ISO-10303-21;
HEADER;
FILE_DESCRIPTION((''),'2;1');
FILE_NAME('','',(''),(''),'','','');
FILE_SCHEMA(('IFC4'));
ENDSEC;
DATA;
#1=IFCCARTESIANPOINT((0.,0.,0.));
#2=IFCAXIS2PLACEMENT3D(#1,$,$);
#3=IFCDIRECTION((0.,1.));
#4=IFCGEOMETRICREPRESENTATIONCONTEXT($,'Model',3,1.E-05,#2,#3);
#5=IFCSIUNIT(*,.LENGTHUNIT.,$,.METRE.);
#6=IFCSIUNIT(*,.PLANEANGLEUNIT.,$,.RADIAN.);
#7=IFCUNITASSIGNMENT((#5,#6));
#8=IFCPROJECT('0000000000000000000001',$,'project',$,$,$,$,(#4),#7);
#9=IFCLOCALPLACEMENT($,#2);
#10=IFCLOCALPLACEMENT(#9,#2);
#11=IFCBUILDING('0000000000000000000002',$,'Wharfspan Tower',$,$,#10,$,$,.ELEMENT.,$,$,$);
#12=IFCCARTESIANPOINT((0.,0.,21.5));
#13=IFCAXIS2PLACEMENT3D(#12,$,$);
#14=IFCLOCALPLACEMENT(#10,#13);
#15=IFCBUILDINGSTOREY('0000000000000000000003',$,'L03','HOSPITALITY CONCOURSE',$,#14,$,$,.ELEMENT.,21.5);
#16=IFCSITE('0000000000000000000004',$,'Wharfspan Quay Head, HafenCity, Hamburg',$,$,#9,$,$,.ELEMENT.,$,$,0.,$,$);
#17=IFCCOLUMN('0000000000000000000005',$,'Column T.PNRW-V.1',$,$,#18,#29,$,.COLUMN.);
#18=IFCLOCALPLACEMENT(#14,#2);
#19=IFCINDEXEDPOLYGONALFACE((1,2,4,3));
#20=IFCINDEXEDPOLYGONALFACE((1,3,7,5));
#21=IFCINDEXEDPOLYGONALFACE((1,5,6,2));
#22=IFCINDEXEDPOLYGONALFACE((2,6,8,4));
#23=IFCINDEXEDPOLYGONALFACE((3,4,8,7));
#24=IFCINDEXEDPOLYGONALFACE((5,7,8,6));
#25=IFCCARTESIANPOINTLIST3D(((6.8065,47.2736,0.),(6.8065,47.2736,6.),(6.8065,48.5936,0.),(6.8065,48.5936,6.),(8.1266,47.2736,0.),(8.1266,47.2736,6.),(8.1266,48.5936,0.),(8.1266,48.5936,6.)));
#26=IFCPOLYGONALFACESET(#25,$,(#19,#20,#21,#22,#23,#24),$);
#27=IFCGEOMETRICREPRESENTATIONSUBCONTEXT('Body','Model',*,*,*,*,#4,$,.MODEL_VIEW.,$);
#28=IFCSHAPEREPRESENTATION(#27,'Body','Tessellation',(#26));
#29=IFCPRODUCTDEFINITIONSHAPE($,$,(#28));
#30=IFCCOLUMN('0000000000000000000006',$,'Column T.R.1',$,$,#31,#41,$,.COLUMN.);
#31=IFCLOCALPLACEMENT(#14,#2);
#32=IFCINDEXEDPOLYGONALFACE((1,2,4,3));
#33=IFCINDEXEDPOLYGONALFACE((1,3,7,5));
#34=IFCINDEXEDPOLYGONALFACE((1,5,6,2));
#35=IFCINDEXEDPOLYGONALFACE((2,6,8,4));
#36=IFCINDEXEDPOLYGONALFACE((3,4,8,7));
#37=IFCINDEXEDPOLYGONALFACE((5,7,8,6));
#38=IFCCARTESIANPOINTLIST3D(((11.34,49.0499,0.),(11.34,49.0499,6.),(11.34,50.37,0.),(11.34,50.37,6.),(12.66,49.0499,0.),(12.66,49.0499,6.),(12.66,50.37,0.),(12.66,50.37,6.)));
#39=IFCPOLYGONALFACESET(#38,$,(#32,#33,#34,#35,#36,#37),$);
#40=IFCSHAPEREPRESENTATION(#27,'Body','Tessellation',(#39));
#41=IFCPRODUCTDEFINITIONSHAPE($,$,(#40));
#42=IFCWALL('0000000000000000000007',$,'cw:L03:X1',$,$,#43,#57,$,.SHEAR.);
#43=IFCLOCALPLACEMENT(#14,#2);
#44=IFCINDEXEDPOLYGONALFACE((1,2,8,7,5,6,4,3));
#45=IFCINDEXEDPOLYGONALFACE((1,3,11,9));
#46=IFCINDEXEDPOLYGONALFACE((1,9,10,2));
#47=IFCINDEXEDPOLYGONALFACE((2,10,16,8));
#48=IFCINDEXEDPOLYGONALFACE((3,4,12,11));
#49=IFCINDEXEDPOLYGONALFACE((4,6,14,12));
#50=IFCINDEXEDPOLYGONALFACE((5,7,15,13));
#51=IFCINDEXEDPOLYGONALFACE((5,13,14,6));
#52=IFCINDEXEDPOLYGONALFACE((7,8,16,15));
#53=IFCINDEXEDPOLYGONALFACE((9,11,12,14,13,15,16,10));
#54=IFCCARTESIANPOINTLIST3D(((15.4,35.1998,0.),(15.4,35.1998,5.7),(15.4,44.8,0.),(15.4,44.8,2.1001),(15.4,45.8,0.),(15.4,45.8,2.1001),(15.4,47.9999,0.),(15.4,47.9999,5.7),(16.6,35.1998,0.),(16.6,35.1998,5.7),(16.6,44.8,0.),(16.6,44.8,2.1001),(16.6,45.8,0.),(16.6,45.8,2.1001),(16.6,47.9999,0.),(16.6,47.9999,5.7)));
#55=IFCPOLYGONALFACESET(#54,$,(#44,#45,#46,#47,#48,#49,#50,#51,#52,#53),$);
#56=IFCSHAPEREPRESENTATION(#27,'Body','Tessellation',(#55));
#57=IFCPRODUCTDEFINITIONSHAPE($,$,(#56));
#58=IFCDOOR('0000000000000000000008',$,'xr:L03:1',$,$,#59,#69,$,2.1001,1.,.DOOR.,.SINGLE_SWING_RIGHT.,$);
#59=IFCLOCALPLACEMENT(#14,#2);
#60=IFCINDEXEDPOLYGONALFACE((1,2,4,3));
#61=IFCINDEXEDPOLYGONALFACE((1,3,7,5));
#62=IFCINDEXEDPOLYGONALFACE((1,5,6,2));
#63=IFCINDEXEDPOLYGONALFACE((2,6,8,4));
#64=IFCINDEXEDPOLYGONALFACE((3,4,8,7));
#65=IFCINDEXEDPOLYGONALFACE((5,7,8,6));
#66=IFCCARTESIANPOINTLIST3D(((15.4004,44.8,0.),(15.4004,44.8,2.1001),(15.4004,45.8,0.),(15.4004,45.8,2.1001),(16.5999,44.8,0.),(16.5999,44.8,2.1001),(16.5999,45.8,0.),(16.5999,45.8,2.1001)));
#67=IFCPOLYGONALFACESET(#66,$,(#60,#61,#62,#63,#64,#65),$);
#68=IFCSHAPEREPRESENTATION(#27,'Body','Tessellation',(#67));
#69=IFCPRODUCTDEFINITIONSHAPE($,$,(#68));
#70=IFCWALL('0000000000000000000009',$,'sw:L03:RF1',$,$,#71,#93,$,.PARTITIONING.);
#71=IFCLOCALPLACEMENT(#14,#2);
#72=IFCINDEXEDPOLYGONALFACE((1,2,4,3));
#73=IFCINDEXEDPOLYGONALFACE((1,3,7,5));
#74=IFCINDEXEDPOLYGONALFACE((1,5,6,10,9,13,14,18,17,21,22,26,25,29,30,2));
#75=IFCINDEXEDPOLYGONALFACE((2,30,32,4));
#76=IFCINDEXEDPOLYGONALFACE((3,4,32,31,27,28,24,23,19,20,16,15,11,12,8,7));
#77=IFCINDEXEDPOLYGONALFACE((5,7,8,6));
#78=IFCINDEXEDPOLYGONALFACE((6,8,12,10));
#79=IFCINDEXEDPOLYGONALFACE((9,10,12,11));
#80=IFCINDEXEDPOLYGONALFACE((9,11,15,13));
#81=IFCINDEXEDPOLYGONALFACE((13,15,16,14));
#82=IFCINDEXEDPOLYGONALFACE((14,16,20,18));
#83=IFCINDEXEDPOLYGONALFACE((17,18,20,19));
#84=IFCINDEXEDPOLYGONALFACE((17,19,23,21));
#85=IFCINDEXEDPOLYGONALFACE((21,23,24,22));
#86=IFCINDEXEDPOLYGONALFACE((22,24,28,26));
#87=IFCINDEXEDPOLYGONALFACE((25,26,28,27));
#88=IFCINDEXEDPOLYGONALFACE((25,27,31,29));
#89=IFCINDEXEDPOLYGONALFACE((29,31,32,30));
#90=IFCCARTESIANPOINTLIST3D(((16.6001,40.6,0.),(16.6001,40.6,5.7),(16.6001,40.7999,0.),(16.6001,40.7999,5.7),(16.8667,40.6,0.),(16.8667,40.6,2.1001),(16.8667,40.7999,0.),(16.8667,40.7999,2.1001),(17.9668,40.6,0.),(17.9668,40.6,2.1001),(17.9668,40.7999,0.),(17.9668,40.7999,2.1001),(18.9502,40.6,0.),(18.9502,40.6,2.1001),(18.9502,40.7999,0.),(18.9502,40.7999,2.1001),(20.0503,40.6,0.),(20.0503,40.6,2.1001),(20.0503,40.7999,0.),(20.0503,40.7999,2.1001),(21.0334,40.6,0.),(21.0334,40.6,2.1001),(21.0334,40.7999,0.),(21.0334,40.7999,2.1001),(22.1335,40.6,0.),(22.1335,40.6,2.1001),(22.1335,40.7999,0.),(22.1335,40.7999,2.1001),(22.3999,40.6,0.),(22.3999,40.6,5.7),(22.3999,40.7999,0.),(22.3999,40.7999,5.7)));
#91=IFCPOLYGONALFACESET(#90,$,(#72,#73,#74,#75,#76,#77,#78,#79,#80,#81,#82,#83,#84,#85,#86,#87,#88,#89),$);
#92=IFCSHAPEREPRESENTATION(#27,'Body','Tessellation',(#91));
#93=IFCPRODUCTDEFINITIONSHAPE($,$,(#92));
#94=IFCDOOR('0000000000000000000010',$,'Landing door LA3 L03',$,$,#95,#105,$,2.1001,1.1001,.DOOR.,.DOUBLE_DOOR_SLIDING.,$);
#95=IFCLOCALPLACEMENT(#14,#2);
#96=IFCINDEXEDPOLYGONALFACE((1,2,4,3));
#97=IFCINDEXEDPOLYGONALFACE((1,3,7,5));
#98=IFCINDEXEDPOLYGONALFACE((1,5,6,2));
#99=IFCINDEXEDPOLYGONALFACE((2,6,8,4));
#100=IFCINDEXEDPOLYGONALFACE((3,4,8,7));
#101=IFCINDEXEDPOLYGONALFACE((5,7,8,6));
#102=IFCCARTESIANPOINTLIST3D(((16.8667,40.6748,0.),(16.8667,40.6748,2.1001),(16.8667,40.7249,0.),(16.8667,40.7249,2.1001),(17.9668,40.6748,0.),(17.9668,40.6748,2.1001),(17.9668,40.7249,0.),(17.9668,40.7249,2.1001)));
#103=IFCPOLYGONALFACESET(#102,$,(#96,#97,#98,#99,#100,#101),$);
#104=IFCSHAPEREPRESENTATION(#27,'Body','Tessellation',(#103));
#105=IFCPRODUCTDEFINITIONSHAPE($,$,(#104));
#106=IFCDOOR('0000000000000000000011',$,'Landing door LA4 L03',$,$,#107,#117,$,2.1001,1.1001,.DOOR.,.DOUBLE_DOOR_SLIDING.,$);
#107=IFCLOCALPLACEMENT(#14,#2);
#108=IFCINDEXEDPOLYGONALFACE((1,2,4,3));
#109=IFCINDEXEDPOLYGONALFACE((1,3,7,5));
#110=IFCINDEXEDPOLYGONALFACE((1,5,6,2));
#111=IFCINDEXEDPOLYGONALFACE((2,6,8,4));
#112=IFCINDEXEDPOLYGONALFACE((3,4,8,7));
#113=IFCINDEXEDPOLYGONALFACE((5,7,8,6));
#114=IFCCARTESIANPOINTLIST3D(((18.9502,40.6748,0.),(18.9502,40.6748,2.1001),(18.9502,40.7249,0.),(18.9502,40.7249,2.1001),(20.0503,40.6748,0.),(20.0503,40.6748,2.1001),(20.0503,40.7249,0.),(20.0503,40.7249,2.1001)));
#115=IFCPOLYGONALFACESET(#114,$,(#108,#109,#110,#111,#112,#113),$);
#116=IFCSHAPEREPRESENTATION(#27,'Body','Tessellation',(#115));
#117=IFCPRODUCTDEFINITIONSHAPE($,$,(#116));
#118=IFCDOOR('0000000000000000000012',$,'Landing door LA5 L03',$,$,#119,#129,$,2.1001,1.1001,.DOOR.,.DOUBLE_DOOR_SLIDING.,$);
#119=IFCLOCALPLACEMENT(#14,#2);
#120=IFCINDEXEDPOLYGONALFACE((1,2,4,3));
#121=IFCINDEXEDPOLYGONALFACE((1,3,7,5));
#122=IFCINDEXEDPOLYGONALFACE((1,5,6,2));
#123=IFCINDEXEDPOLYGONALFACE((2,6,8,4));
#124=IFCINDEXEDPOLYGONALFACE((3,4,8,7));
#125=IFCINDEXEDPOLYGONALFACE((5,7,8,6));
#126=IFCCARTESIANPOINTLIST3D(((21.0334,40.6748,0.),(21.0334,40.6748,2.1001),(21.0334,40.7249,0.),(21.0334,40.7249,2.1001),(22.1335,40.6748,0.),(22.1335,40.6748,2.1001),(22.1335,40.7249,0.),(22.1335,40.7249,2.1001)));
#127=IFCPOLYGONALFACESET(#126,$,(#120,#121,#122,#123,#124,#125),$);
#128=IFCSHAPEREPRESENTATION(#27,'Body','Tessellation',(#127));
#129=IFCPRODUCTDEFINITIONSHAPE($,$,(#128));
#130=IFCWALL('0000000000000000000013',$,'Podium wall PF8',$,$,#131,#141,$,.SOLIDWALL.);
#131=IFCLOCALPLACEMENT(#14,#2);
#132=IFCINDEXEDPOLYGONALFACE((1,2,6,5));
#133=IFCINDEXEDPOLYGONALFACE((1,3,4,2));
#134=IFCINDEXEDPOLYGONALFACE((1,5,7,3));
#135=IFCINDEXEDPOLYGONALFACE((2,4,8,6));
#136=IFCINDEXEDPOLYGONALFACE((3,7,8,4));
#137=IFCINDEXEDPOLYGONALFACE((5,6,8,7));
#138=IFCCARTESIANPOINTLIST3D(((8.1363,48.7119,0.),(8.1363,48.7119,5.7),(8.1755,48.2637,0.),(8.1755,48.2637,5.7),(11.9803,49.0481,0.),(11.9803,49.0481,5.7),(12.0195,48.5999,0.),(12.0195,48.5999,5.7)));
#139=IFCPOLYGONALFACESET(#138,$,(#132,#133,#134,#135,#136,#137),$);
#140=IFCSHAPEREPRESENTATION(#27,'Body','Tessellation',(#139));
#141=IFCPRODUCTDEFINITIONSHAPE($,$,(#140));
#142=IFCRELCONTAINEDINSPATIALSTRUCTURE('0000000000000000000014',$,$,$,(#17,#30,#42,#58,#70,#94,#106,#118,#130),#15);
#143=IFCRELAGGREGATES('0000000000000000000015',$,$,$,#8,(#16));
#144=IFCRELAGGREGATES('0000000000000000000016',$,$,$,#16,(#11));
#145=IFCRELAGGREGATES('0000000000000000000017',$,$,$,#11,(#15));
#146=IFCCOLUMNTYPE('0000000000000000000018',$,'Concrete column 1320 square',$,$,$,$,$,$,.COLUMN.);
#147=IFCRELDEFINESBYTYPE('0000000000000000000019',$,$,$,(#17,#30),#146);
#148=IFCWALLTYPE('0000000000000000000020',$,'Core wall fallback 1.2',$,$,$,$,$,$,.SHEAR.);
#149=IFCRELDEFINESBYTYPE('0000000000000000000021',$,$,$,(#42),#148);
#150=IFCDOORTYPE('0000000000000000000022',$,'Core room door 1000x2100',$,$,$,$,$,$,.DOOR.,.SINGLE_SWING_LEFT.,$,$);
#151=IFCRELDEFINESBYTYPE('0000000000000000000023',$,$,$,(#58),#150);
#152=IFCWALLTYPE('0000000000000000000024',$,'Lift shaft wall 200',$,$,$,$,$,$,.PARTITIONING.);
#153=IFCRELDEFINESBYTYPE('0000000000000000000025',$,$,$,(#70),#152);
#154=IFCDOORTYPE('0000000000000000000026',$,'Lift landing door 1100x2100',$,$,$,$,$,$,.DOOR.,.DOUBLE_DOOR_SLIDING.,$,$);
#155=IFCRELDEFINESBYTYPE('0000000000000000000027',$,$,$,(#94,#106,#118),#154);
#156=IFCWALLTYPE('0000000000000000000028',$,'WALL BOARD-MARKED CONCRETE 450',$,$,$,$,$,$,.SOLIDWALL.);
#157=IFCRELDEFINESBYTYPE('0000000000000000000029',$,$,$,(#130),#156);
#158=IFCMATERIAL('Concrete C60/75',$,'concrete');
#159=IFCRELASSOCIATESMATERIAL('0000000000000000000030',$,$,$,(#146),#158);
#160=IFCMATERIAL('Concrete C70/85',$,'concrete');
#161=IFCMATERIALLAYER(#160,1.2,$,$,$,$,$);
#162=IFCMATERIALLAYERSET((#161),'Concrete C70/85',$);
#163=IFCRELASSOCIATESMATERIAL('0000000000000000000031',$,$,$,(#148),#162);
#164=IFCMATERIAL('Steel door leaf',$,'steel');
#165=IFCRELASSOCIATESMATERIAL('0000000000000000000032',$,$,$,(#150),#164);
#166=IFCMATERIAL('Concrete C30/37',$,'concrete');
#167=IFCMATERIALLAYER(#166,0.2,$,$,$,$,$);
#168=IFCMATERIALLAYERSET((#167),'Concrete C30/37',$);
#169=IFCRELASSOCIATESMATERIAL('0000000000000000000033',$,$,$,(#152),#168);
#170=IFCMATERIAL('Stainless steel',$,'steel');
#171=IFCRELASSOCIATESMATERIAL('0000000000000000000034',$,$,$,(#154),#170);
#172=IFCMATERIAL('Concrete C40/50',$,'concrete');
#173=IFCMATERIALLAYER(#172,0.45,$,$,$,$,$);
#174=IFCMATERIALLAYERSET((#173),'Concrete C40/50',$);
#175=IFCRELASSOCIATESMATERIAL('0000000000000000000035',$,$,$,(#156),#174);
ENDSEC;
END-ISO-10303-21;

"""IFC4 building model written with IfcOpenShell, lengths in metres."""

from ifc_helpers import new_model, si_unit, direction, frame, frame_2d, origin, origin_2d, place, context, subcontext, project, spatial, rectangle, extrude, material, layer, layer_set, material_profile, profile_set, type_object, element, fill, save


model = new_model("IFC4")

# Units and contexts
model_context = context("Model", 3, precision=1e-05, world=origin(), true_north=direction((0.0, 1.0)))
body_context = subcontext(model_context, "Body", "Model", "MODEL_VIEW")
ifc_project = project(units=[si_unit("LENGTHUNIT", "METRE"), si_unit("PLANEANGLEUNIT", "RADIAN")], contexts=[model_context])

# Site, building, storey
site_placement = place(None, origin())
site = spatial("IfcSite", under=ifc_project, at=site_placement, Name="Wharfspan Quay Head, HafenCity, Hamburg", CompositionType="ELEMENT", RefElevation=0.0)
building_placement = place(site_placement, origin())
building = spatial("IfcBuilding", under=site, at=building_placement, Name="Wharfspan Tower", CompositionType="ELEMENT")
storey_placement = place(building_placement, frame((0.0, 0.0, 21.5)))
storey = spatial("IfcBuildingStorey", under=building, at=storey_placement, Name="L03", Description="HOSPITALITY CONCOURSE", CompositionType="ELEMENT", Elevation=21.5)

# Columns
ifc_material_1 = material(Name="Concrete C60/75", Category="concrete")
ifc_material_profile = material_profile(ifc_material_1, rectangle(XDim=1.3201, YDim=1.3201, at=origin_2d()))
ifc_profile_set = profile_set([ifc_material_profile], Name="Concrete C60/75")
column_type = type_object("IfcColumnType", Name="Concrete column 1320 square", PredefinedType="COLUMN", material=ifc_profile_set)
for number, where, z_axis, x_axis, name in (
    (1, (7.4666, 47.9336, 0.0), (0.0, 0.0, 1.0), (1.0, 0.0, 0.0), "Column T.PNRW-V.1"),
    (2, (12.0, 49.71, 0.0), (0.0, 0.0, 1.0), (1.0, 0.0, 0.0), "Column T.R.1"),
):
    element("IfcColumn", number, at=place(storey_placement, frame(where, z_axis=z_axis, x_axis=x_axis)), inside=storey, type_object=column_type, Name=name, PredefinedType="COLUMN", context=body_context, shape_type="SweptSolid", body=[
        extrude(rectangle(XDim=1.3201, YDim=1.3201, at=origin_2d()), origin(), (0.0, 0.0, 1.0), 6.0),
    ])

# Wall, opening, door
ifc_material_2 = material(Name="Concrete C70/85", Category="concrete")
ifc_layer_1 = layer(ifc_material_2, 1.2)
ifc_layer_set_1 = layer_set([ifc_layer_1], Name="Concrete C70/85")
wall_type_1 = type_object("IfcWallType", Name="Core wall fallback 1.2", PredefinedType="SHEAR", material=ifc_layer_set_1)
wall_1_placement = place(storey_placement, frame((16.0, 35.2, 0.0), z_axis=(0.0, 0.0, 1.0), x_axis=(0.0, 1.0, 0.0)))
wall_1 = element("IfcWall", 3, at=wall_1_placement, inside=storey, type_object=wall_type_1, Name="cw:L03:X1", PredefinedType="SHEAR", context=body_context, shape_type="SweptSolid", body=[
    extrude(rectangle(XDim=12.8, YDim=1.2, at=frame_2d((6.3999, 0.0))), origin(), (0.0, 0.0, 1.0), 5.7),
])
opening_1_placement = place(wall_1_placement, frame((9.6001, 0.0, 0.0)))
opening_1 = element("IfcOpeningElement", 4, at=opening_1_placement, cuts=wall_1, PredefinedType="OPENING", context=body_context, shape_type="SweptSolid", body=[
    extrude(rectangle(XDim=1.0, YDim=2.1001, at=frame_2d((0.5, 1.05))), frame((0.0, 0.6099, 0.0), z_axis=(0.0, -1.0, 0.0), x_axis=(1.0, 0.0, 0.0)), (0.0, 0.0, 1.0), 1.22),
])
ifc_material_3 = material(Name="Steel door leaf", Category="steel")
door_type_1 = type_object("IfcDoorType", Name="Core room door 1000x2100", OperationType="SINGLE_SWING_LEFT", PredefinedType="DOOR", material=ifc_material_3)
door_1_placement = place(opening_1_placement, origin())
door_1 = element("IfcDoor", 5, at=door_1_placement, inside=storey, type_object=door_type_1, Name="xr:L03:1", OperationType="SINGLE_SWING_RIGHT", OverallHeight=2.1001, OverallWidth=1.0, PredefinedType="DOOR", context=body_context, shape_type="SweptSolid", body=[
    extrude(rectangle(XDim=1.0, YDim=2.1001, at=frame_2d((0.5, 1.05))), frame((0.0, 0.5996, 0.0), z_axis=(0.0, -1.0, 0.0), x_axis=(1.0, 0.0, 0.0)), (0.0, 0.0, 1.0), 1.1995),
])
fill(opening_1, door_1)

# Wall, openings, doors
ifc_material_4 = material(Name="Concrete C30/37", Category="concrete")
ifc_layer_2 = layer(ifc_material_4, 0.2)
ifc_layer_set_2 = layer_set([ifc_layer_2], Name="Concrete C30/37")
wall_type_2 = type_object("IfcWallType", Name="Lift shaft wall 200", PredefinedType="PARTITIONING", material=ifc_layer_set_2)
wall_2_placement = place(storey_placement, frame((16.6001, 40.7, 0.0), z_axis=(0.0, 0.0, 1.0), x_axis=(1.0, 0.0, 0.0)))
wall_2 = element("IfcWall", 6, at=wall_2_placement, inside=storey, type_object=wall_type_2, Name="sw:L03:RF1", PredefinedType="PARTITIONING", context=body_context, shape_type="SweptSolid", body=[
    extrude(rectangle(XDim=5.7998, YDim=0.2, at=frame_2d((2.8999, 0.0))), origin(), (0.0, 0.0, 1.0), 5.7),
])
opening_2_placement = place(wall_2_placement, frame((0.2666, 0.0, 0.0)))
opening_2 = element("IfcOpeningElement", 7, at=opening_2_placement, cuts=wall_2, PredefinedType="OPENING", context=body_context, shape_type="SweptSolid", body=[
    extrude(rectangle(XDim=1.1001, YDim=2.1001, at=frame_2d((0.55, 1.05))), frame((0.0, 0.1099, 0.0), z_axis=(0.0, -1.0, 0.0), x_axis=(1.0, 0.0, 0.0)), (0.0, 0.0, 1.0), 0.22),
])
opening_3_placement = place(wall_2_placement, frame((2.3501, 0.0, 0.0)))
opening_3 = element("IfcOpeningElement", 8, at=opening_3_placement, cuts=wall_2, PredefinedType="OPENING", context=body_context, shape_type="SweptSolid", body=[
    extrude(rectangle(XDim=1.1001, YDim=2.1001, at=frame_2d((0.55, 1.05))), frame((0.0, 0.1099, 0.0), z_axis=(0.0, -1.0, 0.0), x_axis=(1.0, 0.0, 0.0)), (0.0, 0.0, 1.0), 0.22),
])
opening_4_placement = place(wall_2_placement, frame((4.4333, 0.0, 0.0)))
opening_4 = element("IfcOpeningElement", 9, at=opening_4_placement, cuts=wall_2, PredefinedType="OPENING", context=body_context, shape_type="SweptSolid", body=[
    extrude(rectangle(XDim=1.1001, YDim=2.1001, at=frame_2d((0.55, 1.05))), frame((0.0, 0.1099, 0.0), z_axis=(0.0, -1.0, 0.0), x_axis=(1.0, 0.0, 0.0)), (0.0, 0.0, 1.0), 0.22),
])
ifc_material_5 = material(Name="Stainless steel", Category="steel")
door_type_2 = type_object("IfcDoorType", Name="Lift landing door 1100x2100", OperationType="DOUBLE_DOOR_SLIDING", PredefinedType="DOOR", material=ifc_material_5)
door_2_placement = place(opening_2_placement, origin())
door_2 = element("IfcDoor", 10, at=door_2_placement, inside=storey, type_object=door_type_2, Name="Landing door LA3 L03", OperationType="DOUBLE_DOOR_SLIDING", OverallHeight=2.1001, OverallWidth=1.1001, PredefinedType="DOOR", context=body_context, shape_type="SweptSolid", body=[
    extrude(rectangle(XDim=1.1001, YDim=2.1001, at=frame_2d((0.55, 1.05))), frame((0.0, 0.0249, 0.0), z_axis=(0.0, -1.0, 0.0), x_axis=(1.0, 0.0, 0.0)), (0.0, 0.0, 1.0), 0.05),
])
fill(opening_2, door_2)
door_3_placement = place(opening_3_placement, origin())
door_3 = element("IfcDoor", 11, at=door_3_placement, inside=storey, type_object=door_type_2, Name="Landing door LA4 L03", OperationType="DOUBLE_DOOR_SLIDING", OverallHeight=2.1001, OverallWidth=1.1001, PredefinedType="DOOR", context=body_context, shape_type="SweptSolid", body=[
    extrude(rectangle(XDim=1.1001, YDim=2.1001, at=frame_2d((0.55, 1.05))), frame((0.0, 0.0249, 0.0), z_axis=(0.0, -1.0, 0.0), x_axis=(1.0, 0.0, 0.0)), (0.0, 0.0, 1.0), 0.05),
])
fill(opening_3, door_3)
door_4_placement = place(opening_4_placement, origin())
door_4 = element("IfcDoor", 12, at=door_4_placement, inside=storey, type_object=door_type_2, Name="Landing door LA5 L03", OperationType="DOUBLE_DOOR_SLIDING", OverallHeight=2.1001, OverallWidth=1.1001, PredefinedType="DOOR", context=body_context, shape_type="SweptSolid", body=[
    extrude(rectangle(XDim=1.1001, YDim=2.1001, at=frame_2d((0.55, 1.05))), frame((0.0, 0.0249, 0.0), z_axis=(0.0, -1.0, 0.0), x_axis=(1.0, 0.0, 0.0)), (0.0, 0.0, 1.0), 0.05),
])
fill(opening_4, door_4)

# Wall
ifc_material_6 = material(Name="Concrete C40/50", Category="concrete")
ifc_layer_3 = layer(ifc_material_6, 0.45)
ifc_layer_set_3 = layer_set([ifc_layer_3], Name="Concrete C40/50")
wall_type_3 = type_object("IfcWallType", Name="WALL BOARD-MARKED CONCRETE 450", PredefinedType="SOLIDWALL", material=ifc_layer_set_3)
wall_3_placement = place(storey_placement, frame((11.9998, 48.824, 0.0), z_axis=(0.0, 0.0, 1.0), x_axis=(-0.9962, -0.087124, 0.0)))
element("IfcWall", 13, at=wall_3_placement, inside=storey, type_object=wall_type_3, Name="Podium wall PF8", PredefinedType="SOLIDWALL", context=body_context, shape_type="SweptSolid", body=[
    extrude(rectangle(XDim=3.8586, YDim=0.45, at=frame_2d((1.9292, 0.0))), origin(), (0.0, 0.0, 1.0), 5.7),
])

save(model, "model.ifc")
